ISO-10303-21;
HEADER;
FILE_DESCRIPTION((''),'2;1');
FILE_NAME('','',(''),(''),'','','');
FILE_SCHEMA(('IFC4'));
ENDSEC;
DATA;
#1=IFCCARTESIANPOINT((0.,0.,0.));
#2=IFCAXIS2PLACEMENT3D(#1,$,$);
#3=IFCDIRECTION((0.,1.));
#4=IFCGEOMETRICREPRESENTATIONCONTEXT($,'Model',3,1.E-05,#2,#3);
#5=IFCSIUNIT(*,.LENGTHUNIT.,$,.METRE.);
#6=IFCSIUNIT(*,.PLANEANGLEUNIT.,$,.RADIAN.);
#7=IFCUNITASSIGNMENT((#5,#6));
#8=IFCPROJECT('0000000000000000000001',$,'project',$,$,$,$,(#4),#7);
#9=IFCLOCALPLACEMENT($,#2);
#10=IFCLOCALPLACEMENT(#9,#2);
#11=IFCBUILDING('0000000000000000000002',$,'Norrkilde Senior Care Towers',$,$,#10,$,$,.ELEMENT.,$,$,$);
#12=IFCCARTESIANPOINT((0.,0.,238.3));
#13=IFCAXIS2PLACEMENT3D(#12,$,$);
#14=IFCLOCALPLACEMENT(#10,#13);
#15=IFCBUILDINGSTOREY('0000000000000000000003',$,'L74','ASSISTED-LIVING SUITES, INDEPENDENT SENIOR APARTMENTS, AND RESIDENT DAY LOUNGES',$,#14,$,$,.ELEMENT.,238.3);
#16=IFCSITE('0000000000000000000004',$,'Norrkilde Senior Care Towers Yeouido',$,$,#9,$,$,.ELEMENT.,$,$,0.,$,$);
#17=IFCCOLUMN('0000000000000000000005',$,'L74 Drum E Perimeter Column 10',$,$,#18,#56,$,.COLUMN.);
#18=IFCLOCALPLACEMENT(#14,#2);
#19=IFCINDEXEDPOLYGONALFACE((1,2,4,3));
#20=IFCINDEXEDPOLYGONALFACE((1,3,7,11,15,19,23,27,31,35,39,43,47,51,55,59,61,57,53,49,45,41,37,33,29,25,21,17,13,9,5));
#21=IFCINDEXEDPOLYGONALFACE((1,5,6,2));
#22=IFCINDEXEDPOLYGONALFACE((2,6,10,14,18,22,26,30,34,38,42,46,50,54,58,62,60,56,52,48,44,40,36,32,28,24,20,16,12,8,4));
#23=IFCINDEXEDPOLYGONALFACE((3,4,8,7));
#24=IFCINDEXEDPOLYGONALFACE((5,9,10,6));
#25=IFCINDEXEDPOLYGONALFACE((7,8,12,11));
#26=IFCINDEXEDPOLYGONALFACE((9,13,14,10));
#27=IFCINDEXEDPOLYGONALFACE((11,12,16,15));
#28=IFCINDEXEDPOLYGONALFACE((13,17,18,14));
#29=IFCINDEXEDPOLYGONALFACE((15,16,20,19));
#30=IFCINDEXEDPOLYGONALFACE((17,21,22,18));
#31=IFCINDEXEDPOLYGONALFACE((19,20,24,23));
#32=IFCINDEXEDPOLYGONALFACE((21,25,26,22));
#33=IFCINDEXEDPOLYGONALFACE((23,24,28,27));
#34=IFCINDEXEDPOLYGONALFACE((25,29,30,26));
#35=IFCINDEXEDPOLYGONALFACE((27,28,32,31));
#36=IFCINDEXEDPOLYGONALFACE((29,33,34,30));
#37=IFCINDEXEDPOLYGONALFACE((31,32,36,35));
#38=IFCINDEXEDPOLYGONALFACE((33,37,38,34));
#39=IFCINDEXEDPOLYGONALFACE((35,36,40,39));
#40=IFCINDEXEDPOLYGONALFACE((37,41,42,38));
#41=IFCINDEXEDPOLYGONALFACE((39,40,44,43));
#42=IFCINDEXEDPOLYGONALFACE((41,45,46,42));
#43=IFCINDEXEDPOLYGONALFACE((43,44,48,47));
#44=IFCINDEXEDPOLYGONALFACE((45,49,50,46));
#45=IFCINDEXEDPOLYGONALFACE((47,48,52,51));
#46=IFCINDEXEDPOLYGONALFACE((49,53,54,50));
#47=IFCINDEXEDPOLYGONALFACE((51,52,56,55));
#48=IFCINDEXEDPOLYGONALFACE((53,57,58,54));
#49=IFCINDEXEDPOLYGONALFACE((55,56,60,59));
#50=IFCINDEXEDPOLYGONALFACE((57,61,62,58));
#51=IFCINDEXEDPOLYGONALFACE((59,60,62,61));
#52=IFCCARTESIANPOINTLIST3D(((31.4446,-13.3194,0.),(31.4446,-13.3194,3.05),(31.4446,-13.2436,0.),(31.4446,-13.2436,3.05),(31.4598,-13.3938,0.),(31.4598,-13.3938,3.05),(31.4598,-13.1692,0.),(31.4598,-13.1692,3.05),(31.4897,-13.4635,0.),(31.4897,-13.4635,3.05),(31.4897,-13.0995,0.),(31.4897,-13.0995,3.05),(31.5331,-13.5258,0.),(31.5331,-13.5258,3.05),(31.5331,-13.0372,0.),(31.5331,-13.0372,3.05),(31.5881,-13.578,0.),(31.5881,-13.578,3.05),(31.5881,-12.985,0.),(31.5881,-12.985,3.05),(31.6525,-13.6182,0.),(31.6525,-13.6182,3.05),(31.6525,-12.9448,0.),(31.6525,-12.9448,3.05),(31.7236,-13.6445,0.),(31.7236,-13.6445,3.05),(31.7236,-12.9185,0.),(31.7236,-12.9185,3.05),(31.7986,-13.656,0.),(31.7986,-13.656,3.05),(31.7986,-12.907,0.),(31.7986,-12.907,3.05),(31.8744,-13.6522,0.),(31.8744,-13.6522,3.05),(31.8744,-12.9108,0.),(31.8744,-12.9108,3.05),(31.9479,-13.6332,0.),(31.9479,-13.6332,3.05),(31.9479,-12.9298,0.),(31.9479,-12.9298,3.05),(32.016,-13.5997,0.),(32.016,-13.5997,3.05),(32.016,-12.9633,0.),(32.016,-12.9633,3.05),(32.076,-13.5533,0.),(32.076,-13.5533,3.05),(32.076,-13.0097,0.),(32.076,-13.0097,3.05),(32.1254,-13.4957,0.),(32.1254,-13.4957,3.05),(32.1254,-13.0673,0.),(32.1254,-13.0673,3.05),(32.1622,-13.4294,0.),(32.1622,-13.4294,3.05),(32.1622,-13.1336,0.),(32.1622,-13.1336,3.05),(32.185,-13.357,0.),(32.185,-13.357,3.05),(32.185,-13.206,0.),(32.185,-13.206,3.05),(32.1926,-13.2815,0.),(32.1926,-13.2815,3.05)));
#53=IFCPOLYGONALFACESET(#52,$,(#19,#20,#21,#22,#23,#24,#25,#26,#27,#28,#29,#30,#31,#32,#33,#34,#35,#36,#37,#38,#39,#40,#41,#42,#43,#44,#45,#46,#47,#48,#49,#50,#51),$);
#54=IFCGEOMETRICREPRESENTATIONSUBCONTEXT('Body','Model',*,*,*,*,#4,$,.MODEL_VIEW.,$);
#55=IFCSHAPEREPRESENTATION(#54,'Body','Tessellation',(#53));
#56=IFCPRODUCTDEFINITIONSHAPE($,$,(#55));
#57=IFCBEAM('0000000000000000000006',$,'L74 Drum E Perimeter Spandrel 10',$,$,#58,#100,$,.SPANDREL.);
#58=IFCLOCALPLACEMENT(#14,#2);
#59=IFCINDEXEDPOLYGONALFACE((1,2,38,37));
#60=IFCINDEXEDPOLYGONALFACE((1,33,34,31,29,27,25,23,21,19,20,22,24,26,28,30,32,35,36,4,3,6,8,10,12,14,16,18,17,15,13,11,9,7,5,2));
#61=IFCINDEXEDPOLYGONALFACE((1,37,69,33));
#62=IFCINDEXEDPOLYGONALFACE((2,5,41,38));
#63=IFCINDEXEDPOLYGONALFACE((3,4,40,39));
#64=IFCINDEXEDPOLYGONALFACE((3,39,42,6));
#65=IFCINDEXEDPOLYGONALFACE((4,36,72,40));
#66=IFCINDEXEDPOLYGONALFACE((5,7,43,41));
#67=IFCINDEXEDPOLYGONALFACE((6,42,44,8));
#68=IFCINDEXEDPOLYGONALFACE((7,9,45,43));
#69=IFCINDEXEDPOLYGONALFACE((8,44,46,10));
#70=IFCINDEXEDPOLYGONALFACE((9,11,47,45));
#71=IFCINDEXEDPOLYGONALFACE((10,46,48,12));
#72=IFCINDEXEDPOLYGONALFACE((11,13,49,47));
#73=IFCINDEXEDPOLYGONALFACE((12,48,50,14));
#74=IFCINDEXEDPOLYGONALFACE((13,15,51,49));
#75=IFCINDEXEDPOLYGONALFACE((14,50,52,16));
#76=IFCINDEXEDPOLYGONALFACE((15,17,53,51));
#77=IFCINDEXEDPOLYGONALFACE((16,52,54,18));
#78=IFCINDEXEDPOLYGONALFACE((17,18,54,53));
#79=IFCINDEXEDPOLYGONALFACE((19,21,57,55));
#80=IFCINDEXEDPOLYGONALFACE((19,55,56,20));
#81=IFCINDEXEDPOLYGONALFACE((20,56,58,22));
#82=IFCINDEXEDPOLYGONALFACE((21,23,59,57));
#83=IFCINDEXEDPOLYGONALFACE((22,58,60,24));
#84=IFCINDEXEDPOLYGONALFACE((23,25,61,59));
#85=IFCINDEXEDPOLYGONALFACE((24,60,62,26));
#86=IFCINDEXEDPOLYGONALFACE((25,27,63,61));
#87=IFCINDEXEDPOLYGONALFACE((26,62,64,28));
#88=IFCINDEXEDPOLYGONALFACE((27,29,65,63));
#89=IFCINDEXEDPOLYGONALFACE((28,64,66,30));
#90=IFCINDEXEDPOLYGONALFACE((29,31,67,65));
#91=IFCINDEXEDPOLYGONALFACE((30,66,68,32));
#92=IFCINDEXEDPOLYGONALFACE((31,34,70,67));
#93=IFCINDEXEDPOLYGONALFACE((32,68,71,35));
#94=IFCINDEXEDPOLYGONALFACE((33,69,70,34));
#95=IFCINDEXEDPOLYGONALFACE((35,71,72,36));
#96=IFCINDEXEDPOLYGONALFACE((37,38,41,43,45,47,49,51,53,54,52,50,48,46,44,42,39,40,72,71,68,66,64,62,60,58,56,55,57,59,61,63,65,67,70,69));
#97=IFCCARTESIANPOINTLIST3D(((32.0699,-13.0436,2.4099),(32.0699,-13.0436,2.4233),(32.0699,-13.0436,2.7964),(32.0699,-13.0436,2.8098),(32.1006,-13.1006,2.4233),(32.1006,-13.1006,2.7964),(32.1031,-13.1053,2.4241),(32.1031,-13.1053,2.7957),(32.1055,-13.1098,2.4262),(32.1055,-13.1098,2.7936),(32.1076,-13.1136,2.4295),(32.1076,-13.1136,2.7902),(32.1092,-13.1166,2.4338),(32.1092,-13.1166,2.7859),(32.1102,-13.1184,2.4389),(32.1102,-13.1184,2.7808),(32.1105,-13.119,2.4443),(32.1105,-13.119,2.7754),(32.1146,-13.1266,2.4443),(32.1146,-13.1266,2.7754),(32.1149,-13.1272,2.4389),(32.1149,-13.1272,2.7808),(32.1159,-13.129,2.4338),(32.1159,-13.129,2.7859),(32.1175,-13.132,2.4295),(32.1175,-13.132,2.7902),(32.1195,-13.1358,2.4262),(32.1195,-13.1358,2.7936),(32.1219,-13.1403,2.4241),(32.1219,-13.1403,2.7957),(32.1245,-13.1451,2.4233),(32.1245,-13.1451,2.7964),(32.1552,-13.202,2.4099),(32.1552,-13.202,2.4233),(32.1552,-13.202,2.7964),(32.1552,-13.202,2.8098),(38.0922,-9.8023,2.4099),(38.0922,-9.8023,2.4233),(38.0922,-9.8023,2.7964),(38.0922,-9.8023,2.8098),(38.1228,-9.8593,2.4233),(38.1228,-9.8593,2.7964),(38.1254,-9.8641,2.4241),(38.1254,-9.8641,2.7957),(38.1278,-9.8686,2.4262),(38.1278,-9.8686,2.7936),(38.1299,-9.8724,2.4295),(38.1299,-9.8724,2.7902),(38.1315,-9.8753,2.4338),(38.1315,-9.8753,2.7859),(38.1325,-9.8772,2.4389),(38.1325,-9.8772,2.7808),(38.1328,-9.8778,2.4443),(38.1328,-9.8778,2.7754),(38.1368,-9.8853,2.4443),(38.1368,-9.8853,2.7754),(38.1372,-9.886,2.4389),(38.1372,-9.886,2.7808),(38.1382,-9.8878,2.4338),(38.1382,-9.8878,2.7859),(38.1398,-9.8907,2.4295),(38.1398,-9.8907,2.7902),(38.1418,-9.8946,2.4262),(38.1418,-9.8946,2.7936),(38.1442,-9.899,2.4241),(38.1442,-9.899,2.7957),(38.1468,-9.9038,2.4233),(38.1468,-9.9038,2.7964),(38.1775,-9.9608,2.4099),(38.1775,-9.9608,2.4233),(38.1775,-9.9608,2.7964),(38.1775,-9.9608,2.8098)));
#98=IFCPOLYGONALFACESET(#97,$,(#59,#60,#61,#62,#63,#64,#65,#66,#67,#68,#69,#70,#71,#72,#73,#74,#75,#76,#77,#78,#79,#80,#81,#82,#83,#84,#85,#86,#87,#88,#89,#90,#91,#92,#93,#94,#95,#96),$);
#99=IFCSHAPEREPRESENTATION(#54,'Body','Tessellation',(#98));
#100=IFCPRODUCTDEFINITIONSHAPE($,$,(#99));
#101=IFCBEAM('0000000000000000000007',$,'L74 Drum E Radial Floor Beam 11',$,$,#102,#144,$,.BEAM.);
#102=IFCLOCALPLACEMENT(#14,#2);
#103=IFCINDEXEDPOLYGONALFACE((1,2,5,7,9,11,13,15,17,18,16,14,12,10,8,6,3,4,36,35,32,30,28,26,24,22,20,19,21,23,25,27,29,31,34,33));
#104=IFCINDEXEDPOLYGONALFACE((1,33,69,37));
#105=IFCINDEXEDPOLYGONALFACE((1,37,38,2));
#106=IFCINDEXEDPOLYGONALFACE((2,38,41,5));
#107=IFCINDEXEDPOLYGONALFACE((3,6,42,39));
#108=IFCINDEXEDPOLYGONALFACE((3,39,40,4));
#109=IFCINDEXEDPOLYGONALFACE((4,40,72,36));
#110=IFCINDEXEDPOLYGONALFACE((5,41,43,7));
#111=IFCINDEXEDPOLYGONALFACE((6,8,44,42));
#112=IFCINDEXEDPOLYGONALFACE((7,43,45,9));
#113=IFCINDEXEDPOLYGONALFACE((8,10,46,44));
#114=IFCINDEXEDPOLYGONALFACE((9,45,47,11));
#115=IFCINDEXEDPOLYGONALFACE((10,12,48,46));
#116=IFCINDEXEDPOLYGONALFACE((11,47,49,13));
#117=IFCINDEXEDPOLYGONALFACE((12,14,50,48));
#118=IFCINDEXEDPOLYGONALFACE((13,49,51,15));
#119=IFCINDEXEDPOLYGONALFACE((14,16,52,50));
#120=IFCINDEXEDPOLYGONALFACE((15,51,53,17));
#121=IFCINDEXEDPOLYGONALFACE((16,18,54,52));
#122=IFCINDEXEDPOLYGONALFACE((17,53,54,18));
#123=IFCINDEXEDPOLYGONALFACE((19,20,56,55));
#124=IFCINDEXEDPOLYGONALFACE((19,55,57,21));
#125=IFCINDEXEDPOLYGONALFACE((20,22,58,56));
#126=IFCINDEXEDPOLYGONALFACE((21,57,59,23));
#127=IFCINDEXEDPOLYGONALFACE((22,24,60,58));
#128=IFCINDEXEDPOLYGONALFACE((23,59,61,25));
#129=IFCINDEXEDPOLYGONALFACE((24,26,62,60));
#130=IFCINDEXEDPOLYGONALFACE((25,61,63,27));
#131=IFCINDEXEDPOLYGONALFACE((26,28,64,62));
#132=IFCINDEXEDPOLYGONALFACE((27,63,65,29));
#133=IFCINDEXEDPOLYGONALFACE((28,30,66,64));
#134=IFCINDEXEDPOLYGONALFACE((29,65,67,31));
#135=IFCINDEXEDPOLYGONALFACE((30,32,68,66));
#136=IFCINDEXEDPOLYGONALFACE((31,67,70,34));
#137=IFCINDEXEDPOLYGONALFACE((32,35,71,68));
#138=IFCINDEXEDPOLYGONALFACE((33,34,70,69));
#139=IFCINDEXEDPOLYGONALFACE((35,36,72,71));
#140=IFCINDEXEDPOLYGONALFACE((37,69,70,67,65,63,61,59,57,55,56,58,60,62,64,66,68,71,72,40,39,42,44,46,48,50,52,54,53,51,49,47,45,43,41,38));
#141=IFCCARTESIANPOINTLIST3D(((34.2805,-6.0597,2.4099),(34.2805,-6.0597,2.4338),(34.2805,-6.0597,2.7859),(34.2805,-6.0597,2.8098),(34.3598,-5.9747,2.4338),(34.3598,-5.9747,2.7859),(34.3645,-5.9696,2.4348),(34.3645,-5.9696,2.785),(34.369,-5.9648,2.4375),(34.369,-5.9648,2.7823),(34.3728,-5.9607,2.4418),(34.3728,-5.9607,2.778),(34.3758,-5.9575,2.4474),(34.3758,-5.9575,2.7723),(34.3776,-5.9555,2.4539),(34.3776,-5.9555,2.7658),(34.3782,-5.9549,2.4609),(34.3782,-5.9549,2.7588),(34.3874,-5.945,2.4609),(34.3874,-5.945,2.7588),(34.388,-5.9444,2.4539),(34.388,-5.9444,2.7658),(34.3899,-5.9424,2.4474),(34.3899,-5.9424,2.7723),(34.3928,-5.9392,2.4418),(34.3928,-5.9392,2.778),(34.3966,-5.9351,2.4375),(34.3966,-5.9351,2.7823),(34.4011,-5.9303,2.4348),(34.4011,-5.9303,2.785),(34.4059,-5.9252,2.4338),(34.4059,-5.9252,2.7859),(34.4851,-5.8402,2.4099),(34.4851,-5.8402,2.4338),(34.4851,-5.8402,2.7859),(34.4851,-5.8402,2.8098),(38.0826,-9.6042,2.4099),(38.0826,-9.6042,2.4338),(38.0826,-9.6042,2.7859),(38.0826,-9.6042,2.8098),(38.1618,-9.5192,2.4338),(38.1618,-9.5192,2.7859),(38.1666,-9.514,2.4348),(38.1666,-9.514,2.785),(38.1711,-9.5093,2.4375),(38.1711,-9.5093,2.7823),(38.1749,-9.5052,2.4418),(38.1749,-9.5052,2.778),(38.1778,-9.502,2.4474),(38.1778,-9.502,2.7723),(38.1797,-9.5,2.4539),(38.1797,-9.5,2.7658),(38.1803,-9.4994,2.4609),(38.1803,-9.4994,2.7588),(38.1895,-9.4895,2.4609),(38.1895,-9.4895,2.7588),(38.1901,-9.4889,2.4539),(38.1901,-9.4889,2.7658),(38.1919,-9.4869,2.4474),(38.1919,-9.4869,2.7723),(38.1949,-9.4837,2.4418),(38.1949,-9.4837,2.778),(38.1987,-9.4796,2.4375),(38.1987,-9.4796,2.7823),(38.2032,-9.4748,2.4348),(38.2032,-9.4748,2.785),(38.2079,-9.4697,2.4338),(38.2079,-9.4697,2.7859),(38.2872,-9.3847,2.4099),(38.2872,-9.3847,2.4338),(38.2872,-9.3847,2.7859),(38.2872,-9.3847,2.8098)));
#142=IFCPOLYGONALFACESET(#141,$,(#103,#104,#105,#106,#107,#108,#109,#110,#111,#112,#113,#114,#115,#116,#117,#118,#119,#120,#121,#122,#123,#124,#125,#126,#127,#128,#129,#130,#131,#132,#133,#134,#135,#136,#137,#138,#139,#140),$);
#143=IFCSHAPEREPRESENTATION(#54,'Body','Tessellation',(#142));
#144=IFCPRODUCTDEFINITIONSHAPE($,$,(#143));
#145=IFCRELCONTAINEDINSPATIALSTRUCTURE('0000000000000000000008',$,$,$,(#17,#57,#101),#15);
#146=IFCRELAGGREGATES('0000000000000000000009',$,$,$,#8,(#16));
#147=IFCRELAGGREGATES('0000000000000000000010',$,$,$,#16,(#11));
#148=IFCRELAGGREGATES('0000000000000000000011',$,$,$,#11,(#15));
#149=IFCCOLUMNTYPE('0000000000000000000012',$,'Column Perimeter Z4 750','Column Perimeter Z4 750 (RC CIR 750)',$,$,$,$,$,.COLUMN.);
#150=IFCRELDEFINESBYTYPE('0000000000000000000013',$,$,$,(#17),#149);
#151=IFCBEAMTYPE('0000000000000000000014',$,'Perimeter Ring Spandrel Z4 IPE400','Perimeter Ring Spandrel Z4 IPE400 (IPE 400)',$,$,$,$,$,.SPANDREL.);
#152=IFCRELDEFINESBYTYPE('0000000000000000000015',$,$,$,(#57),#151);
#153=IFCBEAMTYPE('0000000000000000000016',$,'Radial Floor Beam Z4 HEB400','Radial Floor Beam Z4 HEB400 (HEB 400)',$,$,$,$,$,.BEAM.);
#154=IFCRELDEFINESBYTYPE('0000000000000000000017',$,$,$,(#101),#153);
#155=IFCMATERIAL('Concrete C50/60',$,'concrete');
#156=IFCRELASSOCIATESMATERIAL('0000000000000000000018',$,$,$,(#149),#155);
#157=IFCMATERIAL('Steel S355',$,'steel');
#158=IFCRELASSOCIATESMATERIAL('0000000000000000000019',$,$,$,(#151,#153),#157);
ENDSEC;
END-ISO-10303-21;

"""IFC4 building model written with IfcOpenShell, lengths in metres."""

from ifc_helpers import new_model, si_unit, direction, frame, origin, origin_2d, place, context, subcontext, project, spatial, circle, i_section, extrude, source, transform, mapped, material, material_profile, profile_set, type_object, type_shapes, element, save


model = new_model("IFC4")

# Units and contexts
model_context = context("Model", 3, precision=1e-05, world=origin(), true_north=direction((0.0, 1.0)))
body_context = subcontext(model_context, "Body", "Model", "MODEL_VIEW")
ifc_project = project(units=[si_unit("LENGTHUNIT", "METRE"), si_unit("PLANEANGLEUNIT", "RADIAN")], contexts=[model_context])

# Site, building, storey
site_placement = place(None, origin())
site = spatial("IfcSite", under=ifc_project, at=site_placement, Name="Norrkilde Senior Care Towers Yeouido", CompositionType="ELEMENT", RefElevation=0.0)
building_placement = place(site_placement, origin())
building = spatial("IfcBuilding", under=site, at=building_placement, Name="Norrkilde Senior Care Towers", CompositionType="ELEMENT")
storey_placement = place(building_placement, frame((0.0, 0.0, 238.3)))
storey = spatial("IfcBuildingStorey", under=building, at=storey_placement, Name="L74", Description="ASSISTED-LIVING SUITES, INDEPENDENT SENIOR APARTMENTS, AND RESIDENT DAY LOUNGES", CompositionType="ELEMENT", Elevation=238.3)

# Column
ifc_material_1 = material(Name="Concrete C50/60", Category="concrete")
ifc_material_profile_1 = material_profile(ifc_material_1, circle(Radius=0.375, at=origin_2d()), Name="RC CIR 750")
ifc_profile_set_1 = profile_set([ifc_material_profile_1], Name="Concrete C50/60")
column_type = type_object("IfcColumnType", Name="Column Perimeter Z4 750", Description="Column Perimeter Z4 750 (RC CIR 750)", PredefinedType="COLUMN", material=ifc_profile_set_1)
shared_shape_1 = source(origin(), body_context, "Body", "SweptSolid", [
    extrude(circle(Radius=0.375, at=origin_2d()), origin(), (0.0, 0.0, 1.0), 3.05),
])
type_shapes(column_type, [shared_shape_1])
column_placement = place(storey_placement, frame((31.8176, -13.2815, 0.0), z_axis=(0.0, 0.0, 1.0), x_axis=(1.0, 0.0, 0.0)))
element("IfcColumn", 1, at=column_placement, inside=storey, type_object=column_type, Name="L74 Drum E Perimeter Column 10", PredefinedType="COLUMN", context=body_context, shape_type="MappedRepresentation", body=[
    mapped(shared_shape_1, transform((0.0, 0.0, 0.0), x_axis=(1.0, 0.0, 0.0), y_axis=(0.0, 1.0, 0.0), z_axis=(0.0, 0.0, 1.0), scale=1.0)),
])

# Beams
ifc_material_2 = material(Name="Steel S355", Category="steel")
ifc_material_profile_2 = material_profile(ifc_material_2, i_section(OverallWidth=0.1799, OverallDepth=0.3999, WebThickness=0.0085, FlangeThickness=0.0134, FilletRadius=0.021, at=origin_2d()), Name="IPE 400")
ifc_profile_set_2 = profile_set([ifc_material_profile_2], Name="Steel S355")
beam_type_1 = type_object("IfcBeamType", Name="Perimeter Ring Spandrel Z4 IPE400", Description="Perimeter Ring Spandrel Z4 IPE400 (IPE 400)", PredefinedType="SPANDREL", material=ifc_profile_set_2)
shared_shape_2 = source(origin(), body_context, "Body", "SweptSolid", [
    extrude(i_section(OverallWidth=0.1799, OverallDepth=0.3999, WebThickness=0.0085, FlangeThickness=0.0134, FilletRadius=0.021, at=origin_2d()), origin(), (0.0, 0.0, 1.0), 6.8391),
])
type_shapes(beam_type_1, [shared_shape_2])
beam_1_placement = place(storey_placement, frame((32.1125, -13.1228, 2.6099), z_axis=(0.880564, 0.473927, 0.0), x_axis=(-0.473927, 0.880564, 0.0)))
element("IfcBeam", 2, at=beam_1_placement, inside=storey, type_object=beam_type_1, Name="L74 Drum E Perimeter Spandrel 10", PredefinedType="SPANDREL", context=body_context, shape_type="MappedRepresentation", body=[
    mapped(shared_shape_2, transform((0.0, 0.0, 0.0), x_axis=(1.0, 0.0, 0.0), y_axis=(0.0, 1.0, 0.0), z_axis=(0.0, 0.0, 1.0), scale=1.0)),
])
ifc_material_profile_3 = material_profile(ifc_material_2, i_section(OverallWidth=0.3, OverallDepth=0.3999, WebThickness=0.0134, FlangeThickness=0.0239, FilletRadius=0.0271, at=origin_2d()), Name="HEB 400")
ifc_profile_set_3 = profile_set([ifc_material_profile_3], Name="Steel S355")
beam_type_2 = type_object("IfcBeamType", Name="Radial Floor Beam Z4 HEB400", Description="Radial Floor Beam Z4 HEB400 (HEB 400)", PredefinedType="BEAM", material=ifc_profile_set_3)
shared_shape_3 = source(origin(), body_context, "Body", "SweptSolid", [
    extrude(i_section(OverallWidth=0.3, OverallDepth=0.3999, WebThickness=0.0134, FlangeThickness=0.0239, FilletRadius=0.0271, at=origin_2d()), origin(), (0.0, 0.0, 1.0), 5.198),
])
beam_2_placement = place(storey_placement, frame((34.3828, -5.95, 2.6099), z_axis=(0.731449, -0.681896, 0.0), x_axis=(0.681896, 0.731449, 0.0)))
element("IfcBeam", 3, at=beam_2_placement, inside=storey, type_object=beam_type_2, Name="L74 Drum E Radial Floor Beam 11", PredefinedType="BEAM", context=body_context, shape_type="MappedRepresentation", body=[
    mapped(shared_shape_3, transform((0.0, 0.0, 0.0), x_axis=(1.0, 0.0, 0.0), y_axis=(0.0, 1.0, 0.0), z_axis=(0.0, 0.0, 1.0), scale=1.0)),
])

save(model, "model.ifc")
